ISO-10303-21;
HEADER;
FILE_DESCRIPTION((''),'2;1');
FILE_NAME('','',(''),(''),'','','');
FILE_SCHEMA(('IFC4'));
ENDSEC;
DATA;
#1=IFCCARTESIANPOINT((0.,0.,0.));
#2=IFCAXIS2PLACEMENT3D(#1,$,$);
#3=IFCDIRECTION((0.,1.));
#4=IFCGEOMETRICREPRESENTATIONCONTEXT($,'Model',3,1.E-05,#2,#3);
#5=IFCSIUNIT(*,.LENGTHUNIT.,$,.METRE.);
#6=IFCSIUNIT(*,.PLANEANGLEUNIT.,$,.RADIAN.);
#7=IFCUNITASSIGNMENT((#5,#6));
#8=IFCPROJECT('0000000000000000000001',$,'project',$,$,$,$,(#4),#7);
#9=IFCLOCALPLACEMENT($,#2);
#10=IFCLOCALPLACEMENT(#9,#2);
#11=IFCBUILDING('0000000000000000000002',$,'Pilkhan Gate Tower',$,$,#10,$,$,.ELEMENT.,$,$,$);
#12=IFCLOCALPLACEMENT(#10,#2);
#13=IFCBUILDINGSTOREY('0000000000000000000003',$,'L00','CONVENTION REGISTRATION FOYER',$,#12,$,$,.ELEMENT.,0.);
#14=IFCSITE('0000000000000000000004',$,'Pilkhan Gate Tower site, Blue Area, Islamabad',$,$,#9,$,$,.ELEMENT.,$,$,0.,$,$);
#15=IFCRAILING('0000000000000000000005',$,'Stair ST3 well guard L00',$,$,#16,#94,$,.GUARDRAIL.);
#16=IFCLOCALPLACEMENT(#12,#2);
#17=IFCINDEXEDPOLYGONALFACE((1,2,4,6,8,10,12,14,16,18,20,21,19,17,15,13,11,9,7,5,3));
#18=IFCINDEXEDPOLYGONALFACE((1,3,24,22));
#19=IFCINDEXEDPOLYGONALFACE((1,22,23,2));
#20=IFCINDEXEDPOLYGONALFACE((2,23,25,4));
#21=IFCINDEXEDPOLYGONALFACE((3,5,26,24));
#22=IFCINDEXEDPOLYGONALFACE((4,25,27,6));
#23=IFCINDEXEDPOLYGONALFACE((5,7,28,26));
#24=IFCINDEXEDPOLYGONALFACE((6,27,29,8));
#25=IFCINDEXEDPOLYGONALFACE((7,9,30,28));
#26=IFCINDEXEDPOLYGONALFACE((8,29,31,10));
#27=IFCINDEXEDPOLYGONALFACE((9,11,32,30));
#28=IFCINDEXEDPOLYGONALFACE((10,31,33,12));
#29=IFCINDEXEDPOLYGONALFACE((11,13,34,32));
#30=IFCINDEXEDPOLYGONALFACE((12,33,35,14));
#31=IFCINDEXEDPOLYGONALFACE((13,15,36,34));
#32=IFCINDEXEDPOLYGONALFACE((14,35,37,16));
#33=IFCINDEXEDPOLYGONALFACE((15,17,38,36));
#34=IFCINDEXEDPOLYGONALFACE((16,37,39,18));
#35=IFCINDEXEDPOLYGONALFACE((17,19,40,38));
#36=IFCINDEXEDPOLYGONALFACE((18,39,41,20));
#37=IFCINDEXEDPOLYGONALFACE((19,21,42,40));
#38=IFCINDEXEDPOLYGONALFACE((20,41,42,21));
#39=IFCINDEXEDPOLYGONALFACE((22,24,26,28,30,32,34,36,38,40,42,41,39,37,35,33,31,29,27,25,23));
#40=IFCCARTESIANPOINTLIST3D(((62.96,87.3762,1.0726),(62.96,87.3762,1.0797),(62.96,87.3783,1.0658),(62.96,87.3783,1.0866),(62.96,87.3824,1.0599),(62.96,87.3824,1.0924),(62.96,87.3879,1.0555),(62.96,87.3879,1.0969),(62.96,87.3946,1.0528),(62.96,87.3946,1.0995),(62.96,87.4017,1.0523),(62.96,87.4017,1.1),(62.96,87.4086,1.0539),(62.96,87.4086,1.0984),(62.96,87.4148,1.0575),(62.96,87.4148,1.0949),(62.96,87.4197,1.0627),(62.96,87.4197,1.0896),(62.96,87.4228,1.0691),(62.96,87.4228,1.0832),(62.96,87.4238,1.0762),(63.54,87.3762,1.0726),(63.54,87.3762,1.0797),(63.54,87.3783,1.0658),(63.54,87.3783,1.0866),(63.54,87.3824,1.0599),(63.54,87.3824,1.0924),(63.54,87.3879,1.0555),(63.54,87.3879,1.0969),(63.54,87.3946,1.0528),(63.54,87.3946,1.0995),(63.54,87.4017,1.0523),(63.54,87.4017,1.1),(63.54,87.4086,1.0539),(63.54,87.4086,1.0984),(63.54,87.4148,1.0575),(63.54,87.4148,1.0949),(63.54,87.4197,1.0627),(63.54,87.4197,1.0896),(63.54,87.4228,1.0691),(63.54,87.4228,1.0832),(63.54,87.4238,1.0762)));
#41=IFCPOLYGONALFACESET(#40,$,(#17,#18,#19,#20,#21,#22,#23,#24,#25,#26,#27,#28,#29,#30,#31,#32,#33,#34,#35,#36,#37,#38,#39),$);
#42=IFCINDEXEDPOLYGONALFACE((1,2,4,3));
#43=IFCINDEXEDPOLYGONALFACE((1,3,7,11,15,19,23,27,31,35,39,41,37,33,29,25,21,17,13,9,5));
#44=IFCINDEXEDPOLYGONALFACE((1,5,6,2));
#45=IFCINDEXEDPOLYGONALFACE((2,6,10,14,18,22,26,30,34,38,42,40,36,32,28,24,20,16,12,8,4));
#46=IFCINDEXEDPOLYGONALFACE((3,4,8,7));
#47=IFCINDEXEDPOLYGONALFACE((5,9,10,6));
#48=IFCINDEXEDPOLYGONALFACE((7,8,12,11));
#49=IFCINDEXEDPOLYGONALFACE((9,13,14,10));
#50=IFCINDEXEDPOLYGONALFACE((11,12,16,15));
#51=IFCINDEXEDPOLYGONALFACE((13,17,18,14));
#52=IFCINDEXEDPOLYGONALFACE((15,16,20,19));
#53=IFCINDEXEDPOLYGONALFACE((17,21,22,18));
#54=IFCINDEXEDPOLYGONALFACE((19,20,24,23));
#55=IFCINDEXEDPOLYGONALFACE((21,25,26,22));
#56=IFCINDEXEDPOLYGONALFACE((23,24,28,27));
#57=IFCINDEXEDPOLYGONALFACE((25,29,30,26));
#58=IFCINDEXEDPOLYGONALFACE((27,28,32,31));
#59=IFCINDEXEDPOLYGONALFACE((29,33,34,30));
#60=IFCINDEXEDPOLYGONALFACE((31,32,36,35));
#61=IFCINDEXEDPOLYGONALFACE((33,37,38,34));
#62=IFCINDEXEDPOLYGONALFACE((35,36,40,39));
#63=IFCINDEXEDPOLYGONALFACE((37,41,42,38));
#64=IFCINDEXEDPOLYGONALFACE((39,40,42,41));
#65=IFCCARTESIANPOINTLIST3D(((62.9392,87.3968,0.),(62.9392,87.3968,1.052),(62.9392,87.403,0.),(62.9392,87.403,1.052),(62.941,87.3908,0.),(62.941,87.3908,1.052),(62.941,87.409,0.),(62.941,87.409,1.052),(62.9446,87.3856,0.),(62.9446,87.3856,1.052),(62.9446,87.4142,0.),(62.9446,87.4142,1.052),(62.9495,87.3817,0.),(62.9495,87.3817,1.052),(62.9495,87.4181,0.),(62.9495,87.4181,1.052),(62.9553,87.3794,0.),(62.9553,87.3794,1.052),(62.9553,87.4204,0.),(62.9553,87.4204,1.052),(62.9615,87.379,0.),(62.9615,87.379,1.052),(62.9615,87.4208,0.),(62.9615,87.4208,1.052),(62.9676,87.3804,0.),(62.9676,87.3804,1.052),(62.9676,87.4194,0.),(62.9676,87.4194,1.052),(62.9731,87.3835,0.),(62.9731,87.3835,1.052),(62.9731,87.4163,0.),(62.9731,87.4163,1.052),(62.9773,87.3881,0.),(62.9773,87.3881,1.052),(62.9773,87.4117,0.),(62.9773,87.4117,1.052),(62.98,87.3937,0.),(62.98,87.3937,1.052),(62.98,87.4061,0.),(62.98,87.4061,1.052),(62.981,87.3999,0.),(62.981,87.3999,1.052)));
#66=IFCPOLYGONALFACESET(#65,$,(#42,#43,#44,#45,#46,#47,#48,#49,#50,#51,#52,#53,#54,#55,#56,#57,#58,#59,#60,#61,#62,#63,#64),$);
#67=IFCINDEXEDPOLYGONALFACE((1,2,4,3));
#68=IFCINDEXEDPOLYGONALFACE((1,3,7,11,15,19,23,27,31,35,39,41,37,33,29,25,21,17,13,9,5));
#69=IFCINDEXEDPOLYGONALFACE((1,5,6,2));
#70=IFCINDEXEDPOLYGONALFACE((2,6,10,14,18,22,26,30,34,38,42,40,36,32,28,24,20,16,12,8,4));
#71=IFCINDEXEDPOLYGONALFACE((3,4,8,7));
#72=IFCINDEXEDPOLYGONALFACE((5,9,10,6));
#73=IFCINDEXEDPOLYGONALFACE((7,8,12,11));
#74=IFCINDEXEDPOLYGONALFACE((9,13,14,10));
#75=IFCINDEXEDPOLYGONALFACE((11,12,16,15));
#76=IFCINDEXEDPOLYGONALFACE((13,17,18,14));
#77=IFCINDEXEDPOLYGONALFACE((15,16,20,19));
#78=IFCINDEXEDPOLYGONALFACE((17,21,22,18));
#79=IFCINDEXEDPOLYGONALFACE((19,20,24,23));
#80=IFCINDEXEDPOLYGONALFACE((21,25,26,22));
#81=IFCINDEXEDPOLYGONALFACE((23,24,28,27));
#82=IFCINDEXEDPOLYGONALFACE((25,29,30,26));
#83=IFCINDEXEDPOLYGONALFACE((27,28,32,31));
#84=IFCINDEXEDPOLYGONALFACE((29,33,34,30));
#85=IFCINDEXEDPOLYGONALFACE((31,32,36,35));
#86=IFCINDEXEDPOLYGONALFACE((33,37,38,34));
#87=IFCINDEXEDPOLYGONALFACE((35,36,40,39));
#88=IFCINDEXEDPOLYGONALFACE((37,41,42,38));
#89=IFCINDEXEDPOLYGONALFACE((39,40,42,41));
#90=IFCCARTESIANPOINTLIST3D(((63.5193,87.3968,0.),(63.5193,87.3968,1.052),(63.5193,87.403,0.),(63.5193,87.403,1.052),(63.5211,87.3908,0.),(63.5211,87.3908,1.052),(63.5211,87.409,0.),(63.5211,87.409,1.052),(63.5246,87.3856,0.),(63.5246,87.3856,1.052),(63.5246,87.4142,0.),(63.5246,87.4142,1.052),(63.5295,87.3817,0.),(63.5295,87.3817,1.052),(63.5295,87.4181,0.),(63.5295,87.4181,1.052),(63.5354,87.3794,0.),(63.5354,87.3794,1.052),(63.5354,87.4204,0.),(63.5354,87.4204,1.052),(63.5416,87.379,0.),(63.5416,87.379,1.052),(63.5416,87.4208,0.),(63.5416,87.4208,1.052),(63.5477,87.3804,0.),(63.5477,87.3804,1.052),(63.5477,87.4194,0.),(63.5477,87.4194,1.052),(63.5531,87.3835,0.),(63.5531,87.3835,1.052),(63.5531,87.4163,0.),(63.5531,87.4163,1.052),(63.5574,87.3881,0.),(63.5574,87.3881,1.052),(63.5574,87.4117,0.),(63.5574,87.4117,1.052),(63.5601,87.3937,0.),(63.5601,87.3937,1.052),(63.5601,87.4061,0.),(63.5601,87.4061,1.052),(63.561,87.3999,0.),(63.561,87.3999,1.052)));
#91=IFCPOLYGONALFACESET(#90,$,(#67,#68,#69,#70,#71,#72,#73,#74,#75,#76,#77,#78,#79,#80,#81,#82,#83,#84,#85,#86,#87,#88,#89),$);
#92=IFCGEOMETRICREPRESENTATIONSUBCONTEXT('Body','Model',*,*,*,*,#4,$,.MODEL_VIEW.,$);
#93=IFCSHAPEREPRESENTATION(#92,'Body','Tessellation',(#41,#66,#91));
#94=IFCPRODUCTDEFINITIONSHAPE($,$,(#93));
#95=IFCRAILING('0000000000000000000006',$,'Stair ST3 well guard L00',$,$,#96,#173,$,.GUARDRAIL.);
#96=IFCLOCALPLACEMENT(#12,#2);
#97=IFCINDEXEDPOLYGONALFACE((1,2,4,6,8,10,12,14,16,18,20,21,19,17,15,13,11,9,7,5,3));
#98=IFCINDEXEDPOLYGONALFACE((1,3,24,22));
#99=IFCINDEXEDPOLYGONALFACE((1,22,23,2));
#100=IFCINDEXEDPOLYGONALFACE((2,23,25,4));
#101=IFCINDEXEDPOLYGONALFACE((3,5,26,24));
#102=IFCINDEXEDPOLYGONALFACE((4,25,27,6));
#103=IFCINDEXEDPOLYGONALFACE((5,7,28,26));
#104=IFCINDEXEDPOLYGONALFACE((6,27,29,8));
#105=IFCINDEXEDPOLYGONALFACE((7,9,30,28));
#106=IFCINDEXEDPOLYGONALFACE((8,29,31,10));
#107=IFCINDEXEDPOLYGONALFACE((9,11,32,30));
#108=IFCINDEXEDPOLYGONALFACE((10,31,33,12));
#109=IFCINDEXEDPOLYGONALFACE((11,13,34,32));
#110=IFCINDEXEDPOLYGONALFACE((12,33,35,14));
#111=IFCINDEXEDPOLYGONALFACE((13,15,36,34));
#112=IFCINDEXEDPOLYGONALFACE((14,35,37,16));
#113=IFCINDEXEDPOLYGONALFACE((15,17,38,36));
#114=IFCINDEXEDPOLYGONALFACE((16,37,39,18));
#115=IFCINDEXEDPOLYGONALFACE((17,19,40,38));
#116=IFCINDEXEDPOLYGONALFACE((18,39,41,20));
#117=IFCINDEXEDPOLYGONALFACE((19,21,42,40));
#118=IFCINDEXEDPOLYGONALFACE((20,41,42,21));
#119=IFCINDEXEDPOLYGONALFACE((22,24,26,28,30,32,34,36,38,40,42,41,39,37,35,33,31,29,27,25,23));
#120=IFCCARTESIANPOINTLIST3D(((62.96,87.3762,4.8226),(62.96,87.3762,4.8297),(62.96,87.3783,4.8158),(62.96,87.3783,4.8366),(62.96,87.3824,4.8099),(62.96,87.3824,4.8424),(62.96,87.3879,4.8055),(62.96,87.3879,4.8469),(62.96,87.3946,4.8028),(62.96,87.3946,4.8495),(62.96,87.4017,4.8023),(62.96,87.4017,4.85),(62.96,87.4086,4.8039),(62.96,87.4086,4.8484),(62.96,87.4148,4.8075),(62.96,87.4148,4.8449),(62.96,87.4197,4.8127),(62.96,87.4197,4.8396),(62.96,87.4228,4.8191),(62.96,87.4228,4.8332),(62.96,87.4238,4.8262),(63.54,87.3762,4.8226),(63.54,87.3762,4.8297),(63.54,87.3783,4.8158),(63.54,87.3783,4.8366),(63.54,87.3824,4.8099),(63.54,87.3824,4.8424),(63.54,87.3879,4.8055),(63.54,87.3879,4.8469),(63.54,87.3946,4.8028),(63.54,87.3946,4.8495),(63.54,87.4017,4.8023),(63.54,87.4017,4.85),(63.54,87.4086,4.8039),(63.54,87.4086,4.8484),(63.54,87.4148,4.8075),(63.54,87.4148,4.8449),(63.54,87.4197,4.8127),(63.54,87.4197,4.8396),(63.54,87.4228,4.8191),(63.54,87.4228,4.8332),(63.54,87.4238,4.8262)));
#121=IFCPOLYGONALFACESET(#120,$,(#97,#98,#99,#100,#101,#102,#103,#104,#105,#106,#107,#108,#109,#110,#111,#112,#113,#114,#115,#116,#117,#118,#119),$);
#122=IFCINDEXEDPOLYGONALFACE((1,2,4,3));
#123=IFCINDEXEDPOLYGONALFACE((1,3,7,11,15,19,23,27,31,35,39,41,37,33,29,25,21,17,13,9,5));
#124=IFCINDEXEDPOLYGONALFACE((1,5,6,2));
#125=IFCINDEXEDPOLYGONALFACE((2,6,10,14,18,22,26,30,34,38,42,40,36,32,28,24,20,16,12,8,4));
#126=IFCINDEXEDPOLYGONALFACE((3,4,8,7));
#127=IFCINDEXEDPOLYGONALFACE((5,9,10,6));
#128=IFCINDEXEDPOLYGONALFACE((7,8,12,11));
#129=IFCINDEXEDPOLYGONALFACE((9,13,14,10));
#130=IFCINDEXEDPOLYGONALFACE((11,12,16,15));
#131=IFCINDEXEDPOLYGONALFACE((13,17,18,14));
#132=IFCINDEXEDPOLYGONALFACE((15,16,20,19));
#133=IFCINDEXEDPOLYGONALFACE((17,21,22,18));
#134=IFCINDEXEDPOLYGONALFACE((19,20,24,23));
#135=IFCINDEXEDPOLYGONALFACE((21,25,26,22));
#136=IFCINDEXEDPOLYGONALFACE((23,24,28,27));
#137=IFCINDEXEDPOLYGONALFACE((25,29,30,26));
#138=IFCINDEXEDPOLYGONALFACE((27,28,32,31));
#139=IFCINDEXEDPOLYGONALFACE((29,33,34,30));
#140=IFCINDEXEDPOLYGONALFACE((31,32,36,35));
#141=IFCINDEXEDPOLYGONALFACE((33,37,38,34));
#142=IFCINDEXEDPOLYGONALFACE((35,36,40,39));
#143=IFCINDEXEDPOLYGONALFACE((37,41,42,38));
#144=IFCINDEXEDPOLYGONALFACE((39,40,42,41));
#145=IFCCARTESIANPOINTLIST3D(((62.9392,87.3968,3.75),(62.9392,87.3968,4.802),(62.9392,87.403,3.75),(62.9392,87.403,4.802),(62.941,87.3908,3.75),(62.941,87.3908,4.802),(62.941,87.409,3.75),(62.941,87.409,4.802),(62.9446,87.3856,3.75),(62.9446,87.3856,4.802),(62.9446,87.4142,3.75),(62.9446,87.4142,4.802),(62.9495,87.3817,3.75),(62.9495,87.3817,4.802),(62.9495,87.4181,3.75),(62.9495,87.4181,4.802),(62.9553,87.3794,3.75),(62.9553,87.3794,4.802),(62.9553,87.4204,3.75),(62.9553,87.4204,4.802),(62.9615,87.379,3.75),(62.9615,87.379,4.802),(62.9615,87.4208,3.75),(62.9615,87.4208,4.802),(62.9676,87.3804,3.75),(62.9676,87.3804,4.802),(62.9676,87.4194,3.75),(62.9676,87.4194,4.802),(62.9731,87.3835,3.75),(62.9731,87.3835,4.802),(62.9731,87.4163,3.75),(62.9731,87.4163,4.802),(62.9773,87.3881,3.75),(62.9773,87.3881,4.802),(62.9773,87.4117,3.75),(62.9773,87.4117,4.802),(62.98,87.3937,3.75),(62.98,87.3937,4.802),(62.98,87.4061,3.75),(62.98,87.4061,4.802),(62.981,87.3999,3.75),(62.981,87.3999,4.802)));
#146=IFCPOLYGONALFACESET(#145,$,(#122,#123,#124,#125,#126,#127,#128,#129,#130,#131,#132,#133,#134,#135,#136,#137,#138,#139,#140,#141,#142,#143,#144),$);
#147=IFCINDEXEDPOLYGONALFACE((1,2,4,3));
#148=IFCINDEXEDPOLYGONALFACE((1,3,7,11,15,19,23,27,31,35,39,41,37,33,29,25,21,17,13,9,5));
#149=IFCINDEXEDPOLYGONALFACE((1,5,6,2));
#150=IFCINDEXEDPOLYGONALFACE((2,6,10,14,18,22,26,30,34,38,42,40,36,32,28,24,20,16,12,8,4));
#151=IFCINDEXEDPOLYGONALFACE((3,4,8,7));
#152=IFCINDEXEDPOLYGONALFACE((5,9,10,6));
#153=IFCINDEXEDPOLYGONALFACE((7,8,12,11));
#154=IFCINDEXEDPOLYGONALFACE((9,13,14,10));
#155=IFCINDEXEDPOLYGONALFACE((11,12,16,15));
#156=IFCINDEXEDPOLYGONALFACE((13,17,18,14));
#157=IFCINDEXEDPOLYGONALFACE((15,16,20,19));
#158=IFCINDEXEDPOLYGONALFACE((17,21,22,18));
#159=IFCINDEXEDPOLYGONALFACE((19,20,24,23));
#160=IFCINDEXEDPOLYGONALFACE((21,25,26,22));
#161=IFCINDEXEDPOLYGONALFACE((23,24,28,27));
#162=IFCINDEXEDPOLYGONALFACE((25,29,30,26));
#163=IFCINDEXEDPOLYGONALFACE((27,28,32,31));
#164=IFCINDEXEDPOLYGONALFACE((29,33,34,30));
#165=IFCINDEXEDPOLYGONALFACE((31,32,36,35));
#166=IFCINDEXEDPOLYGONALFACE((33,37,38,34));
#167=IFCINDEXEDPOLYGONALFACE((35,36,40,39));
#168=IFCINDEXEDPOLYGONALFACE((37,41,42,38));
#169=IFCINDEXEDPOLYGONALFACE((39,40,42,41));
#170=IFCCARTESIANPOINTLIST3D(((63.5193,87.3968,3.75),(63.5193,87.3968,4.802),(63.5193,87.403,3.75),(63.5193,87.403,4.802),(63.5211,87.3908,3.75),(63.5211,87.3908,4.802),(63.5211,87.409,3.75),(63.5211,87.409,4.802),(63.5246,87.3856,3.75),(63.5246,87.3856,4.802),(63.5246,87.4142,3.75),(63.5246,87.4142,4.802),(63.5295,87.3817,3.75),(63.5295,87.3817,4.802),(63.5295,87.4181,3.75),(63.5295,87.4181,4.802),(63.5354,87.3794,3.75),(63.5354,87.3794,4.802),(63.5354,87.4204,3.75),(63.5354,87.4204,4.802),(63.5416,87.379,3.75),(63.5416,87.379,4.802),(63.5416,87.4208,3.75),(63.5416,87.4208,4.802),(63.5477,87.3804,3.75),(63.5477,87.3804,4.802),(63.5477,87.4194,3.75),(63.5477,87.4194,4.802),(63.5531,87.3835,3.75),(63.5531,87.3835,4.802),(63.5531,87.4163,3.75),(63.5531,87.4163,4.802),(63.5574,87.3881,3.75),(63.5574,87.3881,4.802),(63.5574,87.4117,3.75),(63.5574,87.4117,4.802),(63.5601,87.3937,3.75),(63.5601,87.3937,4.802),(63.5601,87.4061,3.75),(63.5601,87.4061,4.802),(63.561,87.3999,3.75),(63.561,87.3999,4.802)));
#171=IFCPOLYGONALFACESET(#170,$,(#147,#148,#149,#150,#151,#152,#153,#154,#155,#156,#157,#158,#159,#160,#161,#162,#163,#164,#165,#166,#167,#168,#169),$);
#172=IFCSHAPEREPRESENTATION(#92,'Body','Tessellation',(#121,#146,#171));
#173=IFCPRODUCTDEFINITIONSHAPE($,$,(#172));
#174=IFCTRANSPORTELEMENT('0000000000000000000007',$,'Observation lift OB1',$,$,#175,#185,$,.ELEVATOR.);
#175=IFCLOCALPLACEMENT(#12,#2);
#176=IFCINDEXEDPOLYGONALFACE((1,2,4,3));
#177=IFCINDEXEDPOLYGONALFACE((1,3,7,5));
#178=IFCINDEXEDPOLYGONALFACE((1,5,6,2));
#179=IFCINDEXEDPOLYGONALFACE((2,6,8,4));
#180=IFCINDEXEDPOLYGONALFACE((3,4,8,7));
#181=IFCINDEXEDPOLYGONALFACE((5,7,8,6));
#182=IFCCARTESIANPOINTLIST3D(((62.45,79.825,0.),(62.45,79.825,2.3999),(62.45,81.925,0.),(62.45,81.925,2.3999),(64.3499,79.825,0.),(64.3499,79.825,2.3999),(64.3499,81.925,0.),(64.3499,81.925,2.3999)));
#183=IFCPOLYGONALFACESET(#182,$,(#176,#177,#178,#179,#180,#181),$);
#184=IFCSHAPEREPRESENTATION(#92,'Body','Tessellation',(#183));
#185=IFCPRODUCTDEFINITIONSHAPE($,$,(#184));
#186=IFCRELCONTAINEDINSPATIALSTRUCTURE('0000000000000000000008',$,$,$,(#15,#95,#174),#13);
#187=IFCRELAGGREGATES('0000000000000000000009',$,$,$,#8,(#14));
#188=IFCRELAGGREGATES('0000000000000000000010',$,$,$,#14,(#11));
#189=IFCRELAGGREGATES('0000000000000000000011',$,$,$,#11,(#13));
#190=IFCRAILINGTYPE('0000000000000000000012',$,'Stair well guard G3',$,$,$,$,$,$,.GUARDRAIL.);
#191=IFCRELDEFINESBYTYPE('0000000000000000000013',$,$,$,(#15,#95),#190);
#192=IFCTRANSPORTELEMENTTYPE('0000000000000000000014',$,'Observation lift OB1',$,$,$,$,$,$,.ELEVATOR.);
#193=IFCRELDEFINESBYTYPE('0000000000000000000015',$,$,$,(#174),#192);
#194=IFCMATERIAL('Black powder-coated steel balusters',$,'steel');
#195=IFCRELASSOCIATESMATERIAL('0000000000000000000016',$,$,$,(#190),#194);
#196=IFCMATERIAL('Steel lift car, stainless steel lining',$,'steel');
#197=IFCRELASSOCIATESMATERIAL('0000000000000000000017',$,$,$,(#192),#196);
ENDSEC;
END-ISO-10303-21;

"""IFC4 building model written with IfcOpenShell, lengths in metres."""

from ifc_helpers import new_model, si_unit, direction, frame, origin, origin_2d, place, context, subcontext, project, spatial, rectangle, circle, extrude, material, type_object, element, save


model = new_model("IFC4")

# Units and contexts
model_context = context("Model", 3, precision=1e-05, world=origin(), true_north=direction((0.0, 1.0)))
body_context = subcontext(model_context, "Body", "Model", "MODEL_VIEW")
ifc_project = project(units=[si_unit("LENGTHUNIT", "METRE"), si_unit("PLANEANGLEUNIT", "RADIAN")], contexts=[model_context])

# Site, building, storey
site_placement = place(None, origin())
site = spatial("IfcSite", under=ifc_project, at=site_placement, Name="Pilkhan Gate Tower site, Blue Area, Islamabad", CompositionType="ELEMENT", RefElevation=0.0)
building_placement = place(site_placement, origin())
building = spatial("IfcBuilding", under=site, at=building_placement, Name="Pilkhan Gate Tower", CompositionType="ELEMENT")
storey_placement = place(building_placement, origin())
storey = spatial("IfcBuildingStorey", under=building, at=storey_placement, Name="L00", Description="CONVENTION REGISTRATION FOYER", CompositionType="ELEMENT", Elevation=0.0)

# Railings
ifc_material_1 = material(Name="Black powder-coated steel balusters", Category="steel")
railing_type_1 = type_object("IfcRailingType", Name="Stair well guard G3", PredefinedType="GUARDRAIL", material=ifc_material_1)
for number, where, name in (
    (1, (62.96, 87.3999, 0.0), "Stair ST3 well guard L00"),
    (2, (62.96, 87.3999, 3.75), "Stair ST3 well guard L00"),
):
    element("IfcRailing", number, at=place(storey_placement, frame(where)), inside=storey, type_object=railing_type_1, Name=name, PredefinedType="GUARDRAIL", context=body_context, shape_type="SweptSolid", body=[
        extrude(circle(Radius=0.0239, at=origin_2d()), frame((0.0, 0.0, 1.0762), z_axis=(1.0, 0.0, 0.0), x_axis=(0.0, 1.0, 0.0)), (0.0, 0.0, 1.0), 0.5801),
        extrude(circle(Radius=0.021, at=origin_2d()), origin(), (0.0, 0.0, 1.0), 1.052),
        extrude(circle(Radius=0.021, at=origin_2d()), frame((0.5801, 0.0, 0.0)), (0.0, 0.0, 1.0), 1.052),
    ])

# Transport element
ifc_material_2 = material(Name="Steel lift car, stainless steel lining", Category="steel")
transport_element_type = type_object("IfcTransportElementType", Name="Observation lift OB1", PredefinedType="ELEVATOR", material=ifc_material_2)
transport_element_placement = place(storey_placement, frame((63.3999, 80.875, 0.0), z_axis=(0.0, 0.0, 1.0), x_axis=(1.0, 0.0, 0.0)))
element("IfcTransportElement", 3, at=transport_element_placement, inside=storey, type_object=transport_element_type, Name="Observation lift OB1", PredefinedType="ELEVATOR", context=body_context, shape_type="SweptSolid", body=[
    extrude(rectangle(XDim=1.8999, YDim=2.1001, at=origin_2d()), origin(), (0.0, 0.0, 1.0), 2.3999),
])

save(model, "model.ifc")
